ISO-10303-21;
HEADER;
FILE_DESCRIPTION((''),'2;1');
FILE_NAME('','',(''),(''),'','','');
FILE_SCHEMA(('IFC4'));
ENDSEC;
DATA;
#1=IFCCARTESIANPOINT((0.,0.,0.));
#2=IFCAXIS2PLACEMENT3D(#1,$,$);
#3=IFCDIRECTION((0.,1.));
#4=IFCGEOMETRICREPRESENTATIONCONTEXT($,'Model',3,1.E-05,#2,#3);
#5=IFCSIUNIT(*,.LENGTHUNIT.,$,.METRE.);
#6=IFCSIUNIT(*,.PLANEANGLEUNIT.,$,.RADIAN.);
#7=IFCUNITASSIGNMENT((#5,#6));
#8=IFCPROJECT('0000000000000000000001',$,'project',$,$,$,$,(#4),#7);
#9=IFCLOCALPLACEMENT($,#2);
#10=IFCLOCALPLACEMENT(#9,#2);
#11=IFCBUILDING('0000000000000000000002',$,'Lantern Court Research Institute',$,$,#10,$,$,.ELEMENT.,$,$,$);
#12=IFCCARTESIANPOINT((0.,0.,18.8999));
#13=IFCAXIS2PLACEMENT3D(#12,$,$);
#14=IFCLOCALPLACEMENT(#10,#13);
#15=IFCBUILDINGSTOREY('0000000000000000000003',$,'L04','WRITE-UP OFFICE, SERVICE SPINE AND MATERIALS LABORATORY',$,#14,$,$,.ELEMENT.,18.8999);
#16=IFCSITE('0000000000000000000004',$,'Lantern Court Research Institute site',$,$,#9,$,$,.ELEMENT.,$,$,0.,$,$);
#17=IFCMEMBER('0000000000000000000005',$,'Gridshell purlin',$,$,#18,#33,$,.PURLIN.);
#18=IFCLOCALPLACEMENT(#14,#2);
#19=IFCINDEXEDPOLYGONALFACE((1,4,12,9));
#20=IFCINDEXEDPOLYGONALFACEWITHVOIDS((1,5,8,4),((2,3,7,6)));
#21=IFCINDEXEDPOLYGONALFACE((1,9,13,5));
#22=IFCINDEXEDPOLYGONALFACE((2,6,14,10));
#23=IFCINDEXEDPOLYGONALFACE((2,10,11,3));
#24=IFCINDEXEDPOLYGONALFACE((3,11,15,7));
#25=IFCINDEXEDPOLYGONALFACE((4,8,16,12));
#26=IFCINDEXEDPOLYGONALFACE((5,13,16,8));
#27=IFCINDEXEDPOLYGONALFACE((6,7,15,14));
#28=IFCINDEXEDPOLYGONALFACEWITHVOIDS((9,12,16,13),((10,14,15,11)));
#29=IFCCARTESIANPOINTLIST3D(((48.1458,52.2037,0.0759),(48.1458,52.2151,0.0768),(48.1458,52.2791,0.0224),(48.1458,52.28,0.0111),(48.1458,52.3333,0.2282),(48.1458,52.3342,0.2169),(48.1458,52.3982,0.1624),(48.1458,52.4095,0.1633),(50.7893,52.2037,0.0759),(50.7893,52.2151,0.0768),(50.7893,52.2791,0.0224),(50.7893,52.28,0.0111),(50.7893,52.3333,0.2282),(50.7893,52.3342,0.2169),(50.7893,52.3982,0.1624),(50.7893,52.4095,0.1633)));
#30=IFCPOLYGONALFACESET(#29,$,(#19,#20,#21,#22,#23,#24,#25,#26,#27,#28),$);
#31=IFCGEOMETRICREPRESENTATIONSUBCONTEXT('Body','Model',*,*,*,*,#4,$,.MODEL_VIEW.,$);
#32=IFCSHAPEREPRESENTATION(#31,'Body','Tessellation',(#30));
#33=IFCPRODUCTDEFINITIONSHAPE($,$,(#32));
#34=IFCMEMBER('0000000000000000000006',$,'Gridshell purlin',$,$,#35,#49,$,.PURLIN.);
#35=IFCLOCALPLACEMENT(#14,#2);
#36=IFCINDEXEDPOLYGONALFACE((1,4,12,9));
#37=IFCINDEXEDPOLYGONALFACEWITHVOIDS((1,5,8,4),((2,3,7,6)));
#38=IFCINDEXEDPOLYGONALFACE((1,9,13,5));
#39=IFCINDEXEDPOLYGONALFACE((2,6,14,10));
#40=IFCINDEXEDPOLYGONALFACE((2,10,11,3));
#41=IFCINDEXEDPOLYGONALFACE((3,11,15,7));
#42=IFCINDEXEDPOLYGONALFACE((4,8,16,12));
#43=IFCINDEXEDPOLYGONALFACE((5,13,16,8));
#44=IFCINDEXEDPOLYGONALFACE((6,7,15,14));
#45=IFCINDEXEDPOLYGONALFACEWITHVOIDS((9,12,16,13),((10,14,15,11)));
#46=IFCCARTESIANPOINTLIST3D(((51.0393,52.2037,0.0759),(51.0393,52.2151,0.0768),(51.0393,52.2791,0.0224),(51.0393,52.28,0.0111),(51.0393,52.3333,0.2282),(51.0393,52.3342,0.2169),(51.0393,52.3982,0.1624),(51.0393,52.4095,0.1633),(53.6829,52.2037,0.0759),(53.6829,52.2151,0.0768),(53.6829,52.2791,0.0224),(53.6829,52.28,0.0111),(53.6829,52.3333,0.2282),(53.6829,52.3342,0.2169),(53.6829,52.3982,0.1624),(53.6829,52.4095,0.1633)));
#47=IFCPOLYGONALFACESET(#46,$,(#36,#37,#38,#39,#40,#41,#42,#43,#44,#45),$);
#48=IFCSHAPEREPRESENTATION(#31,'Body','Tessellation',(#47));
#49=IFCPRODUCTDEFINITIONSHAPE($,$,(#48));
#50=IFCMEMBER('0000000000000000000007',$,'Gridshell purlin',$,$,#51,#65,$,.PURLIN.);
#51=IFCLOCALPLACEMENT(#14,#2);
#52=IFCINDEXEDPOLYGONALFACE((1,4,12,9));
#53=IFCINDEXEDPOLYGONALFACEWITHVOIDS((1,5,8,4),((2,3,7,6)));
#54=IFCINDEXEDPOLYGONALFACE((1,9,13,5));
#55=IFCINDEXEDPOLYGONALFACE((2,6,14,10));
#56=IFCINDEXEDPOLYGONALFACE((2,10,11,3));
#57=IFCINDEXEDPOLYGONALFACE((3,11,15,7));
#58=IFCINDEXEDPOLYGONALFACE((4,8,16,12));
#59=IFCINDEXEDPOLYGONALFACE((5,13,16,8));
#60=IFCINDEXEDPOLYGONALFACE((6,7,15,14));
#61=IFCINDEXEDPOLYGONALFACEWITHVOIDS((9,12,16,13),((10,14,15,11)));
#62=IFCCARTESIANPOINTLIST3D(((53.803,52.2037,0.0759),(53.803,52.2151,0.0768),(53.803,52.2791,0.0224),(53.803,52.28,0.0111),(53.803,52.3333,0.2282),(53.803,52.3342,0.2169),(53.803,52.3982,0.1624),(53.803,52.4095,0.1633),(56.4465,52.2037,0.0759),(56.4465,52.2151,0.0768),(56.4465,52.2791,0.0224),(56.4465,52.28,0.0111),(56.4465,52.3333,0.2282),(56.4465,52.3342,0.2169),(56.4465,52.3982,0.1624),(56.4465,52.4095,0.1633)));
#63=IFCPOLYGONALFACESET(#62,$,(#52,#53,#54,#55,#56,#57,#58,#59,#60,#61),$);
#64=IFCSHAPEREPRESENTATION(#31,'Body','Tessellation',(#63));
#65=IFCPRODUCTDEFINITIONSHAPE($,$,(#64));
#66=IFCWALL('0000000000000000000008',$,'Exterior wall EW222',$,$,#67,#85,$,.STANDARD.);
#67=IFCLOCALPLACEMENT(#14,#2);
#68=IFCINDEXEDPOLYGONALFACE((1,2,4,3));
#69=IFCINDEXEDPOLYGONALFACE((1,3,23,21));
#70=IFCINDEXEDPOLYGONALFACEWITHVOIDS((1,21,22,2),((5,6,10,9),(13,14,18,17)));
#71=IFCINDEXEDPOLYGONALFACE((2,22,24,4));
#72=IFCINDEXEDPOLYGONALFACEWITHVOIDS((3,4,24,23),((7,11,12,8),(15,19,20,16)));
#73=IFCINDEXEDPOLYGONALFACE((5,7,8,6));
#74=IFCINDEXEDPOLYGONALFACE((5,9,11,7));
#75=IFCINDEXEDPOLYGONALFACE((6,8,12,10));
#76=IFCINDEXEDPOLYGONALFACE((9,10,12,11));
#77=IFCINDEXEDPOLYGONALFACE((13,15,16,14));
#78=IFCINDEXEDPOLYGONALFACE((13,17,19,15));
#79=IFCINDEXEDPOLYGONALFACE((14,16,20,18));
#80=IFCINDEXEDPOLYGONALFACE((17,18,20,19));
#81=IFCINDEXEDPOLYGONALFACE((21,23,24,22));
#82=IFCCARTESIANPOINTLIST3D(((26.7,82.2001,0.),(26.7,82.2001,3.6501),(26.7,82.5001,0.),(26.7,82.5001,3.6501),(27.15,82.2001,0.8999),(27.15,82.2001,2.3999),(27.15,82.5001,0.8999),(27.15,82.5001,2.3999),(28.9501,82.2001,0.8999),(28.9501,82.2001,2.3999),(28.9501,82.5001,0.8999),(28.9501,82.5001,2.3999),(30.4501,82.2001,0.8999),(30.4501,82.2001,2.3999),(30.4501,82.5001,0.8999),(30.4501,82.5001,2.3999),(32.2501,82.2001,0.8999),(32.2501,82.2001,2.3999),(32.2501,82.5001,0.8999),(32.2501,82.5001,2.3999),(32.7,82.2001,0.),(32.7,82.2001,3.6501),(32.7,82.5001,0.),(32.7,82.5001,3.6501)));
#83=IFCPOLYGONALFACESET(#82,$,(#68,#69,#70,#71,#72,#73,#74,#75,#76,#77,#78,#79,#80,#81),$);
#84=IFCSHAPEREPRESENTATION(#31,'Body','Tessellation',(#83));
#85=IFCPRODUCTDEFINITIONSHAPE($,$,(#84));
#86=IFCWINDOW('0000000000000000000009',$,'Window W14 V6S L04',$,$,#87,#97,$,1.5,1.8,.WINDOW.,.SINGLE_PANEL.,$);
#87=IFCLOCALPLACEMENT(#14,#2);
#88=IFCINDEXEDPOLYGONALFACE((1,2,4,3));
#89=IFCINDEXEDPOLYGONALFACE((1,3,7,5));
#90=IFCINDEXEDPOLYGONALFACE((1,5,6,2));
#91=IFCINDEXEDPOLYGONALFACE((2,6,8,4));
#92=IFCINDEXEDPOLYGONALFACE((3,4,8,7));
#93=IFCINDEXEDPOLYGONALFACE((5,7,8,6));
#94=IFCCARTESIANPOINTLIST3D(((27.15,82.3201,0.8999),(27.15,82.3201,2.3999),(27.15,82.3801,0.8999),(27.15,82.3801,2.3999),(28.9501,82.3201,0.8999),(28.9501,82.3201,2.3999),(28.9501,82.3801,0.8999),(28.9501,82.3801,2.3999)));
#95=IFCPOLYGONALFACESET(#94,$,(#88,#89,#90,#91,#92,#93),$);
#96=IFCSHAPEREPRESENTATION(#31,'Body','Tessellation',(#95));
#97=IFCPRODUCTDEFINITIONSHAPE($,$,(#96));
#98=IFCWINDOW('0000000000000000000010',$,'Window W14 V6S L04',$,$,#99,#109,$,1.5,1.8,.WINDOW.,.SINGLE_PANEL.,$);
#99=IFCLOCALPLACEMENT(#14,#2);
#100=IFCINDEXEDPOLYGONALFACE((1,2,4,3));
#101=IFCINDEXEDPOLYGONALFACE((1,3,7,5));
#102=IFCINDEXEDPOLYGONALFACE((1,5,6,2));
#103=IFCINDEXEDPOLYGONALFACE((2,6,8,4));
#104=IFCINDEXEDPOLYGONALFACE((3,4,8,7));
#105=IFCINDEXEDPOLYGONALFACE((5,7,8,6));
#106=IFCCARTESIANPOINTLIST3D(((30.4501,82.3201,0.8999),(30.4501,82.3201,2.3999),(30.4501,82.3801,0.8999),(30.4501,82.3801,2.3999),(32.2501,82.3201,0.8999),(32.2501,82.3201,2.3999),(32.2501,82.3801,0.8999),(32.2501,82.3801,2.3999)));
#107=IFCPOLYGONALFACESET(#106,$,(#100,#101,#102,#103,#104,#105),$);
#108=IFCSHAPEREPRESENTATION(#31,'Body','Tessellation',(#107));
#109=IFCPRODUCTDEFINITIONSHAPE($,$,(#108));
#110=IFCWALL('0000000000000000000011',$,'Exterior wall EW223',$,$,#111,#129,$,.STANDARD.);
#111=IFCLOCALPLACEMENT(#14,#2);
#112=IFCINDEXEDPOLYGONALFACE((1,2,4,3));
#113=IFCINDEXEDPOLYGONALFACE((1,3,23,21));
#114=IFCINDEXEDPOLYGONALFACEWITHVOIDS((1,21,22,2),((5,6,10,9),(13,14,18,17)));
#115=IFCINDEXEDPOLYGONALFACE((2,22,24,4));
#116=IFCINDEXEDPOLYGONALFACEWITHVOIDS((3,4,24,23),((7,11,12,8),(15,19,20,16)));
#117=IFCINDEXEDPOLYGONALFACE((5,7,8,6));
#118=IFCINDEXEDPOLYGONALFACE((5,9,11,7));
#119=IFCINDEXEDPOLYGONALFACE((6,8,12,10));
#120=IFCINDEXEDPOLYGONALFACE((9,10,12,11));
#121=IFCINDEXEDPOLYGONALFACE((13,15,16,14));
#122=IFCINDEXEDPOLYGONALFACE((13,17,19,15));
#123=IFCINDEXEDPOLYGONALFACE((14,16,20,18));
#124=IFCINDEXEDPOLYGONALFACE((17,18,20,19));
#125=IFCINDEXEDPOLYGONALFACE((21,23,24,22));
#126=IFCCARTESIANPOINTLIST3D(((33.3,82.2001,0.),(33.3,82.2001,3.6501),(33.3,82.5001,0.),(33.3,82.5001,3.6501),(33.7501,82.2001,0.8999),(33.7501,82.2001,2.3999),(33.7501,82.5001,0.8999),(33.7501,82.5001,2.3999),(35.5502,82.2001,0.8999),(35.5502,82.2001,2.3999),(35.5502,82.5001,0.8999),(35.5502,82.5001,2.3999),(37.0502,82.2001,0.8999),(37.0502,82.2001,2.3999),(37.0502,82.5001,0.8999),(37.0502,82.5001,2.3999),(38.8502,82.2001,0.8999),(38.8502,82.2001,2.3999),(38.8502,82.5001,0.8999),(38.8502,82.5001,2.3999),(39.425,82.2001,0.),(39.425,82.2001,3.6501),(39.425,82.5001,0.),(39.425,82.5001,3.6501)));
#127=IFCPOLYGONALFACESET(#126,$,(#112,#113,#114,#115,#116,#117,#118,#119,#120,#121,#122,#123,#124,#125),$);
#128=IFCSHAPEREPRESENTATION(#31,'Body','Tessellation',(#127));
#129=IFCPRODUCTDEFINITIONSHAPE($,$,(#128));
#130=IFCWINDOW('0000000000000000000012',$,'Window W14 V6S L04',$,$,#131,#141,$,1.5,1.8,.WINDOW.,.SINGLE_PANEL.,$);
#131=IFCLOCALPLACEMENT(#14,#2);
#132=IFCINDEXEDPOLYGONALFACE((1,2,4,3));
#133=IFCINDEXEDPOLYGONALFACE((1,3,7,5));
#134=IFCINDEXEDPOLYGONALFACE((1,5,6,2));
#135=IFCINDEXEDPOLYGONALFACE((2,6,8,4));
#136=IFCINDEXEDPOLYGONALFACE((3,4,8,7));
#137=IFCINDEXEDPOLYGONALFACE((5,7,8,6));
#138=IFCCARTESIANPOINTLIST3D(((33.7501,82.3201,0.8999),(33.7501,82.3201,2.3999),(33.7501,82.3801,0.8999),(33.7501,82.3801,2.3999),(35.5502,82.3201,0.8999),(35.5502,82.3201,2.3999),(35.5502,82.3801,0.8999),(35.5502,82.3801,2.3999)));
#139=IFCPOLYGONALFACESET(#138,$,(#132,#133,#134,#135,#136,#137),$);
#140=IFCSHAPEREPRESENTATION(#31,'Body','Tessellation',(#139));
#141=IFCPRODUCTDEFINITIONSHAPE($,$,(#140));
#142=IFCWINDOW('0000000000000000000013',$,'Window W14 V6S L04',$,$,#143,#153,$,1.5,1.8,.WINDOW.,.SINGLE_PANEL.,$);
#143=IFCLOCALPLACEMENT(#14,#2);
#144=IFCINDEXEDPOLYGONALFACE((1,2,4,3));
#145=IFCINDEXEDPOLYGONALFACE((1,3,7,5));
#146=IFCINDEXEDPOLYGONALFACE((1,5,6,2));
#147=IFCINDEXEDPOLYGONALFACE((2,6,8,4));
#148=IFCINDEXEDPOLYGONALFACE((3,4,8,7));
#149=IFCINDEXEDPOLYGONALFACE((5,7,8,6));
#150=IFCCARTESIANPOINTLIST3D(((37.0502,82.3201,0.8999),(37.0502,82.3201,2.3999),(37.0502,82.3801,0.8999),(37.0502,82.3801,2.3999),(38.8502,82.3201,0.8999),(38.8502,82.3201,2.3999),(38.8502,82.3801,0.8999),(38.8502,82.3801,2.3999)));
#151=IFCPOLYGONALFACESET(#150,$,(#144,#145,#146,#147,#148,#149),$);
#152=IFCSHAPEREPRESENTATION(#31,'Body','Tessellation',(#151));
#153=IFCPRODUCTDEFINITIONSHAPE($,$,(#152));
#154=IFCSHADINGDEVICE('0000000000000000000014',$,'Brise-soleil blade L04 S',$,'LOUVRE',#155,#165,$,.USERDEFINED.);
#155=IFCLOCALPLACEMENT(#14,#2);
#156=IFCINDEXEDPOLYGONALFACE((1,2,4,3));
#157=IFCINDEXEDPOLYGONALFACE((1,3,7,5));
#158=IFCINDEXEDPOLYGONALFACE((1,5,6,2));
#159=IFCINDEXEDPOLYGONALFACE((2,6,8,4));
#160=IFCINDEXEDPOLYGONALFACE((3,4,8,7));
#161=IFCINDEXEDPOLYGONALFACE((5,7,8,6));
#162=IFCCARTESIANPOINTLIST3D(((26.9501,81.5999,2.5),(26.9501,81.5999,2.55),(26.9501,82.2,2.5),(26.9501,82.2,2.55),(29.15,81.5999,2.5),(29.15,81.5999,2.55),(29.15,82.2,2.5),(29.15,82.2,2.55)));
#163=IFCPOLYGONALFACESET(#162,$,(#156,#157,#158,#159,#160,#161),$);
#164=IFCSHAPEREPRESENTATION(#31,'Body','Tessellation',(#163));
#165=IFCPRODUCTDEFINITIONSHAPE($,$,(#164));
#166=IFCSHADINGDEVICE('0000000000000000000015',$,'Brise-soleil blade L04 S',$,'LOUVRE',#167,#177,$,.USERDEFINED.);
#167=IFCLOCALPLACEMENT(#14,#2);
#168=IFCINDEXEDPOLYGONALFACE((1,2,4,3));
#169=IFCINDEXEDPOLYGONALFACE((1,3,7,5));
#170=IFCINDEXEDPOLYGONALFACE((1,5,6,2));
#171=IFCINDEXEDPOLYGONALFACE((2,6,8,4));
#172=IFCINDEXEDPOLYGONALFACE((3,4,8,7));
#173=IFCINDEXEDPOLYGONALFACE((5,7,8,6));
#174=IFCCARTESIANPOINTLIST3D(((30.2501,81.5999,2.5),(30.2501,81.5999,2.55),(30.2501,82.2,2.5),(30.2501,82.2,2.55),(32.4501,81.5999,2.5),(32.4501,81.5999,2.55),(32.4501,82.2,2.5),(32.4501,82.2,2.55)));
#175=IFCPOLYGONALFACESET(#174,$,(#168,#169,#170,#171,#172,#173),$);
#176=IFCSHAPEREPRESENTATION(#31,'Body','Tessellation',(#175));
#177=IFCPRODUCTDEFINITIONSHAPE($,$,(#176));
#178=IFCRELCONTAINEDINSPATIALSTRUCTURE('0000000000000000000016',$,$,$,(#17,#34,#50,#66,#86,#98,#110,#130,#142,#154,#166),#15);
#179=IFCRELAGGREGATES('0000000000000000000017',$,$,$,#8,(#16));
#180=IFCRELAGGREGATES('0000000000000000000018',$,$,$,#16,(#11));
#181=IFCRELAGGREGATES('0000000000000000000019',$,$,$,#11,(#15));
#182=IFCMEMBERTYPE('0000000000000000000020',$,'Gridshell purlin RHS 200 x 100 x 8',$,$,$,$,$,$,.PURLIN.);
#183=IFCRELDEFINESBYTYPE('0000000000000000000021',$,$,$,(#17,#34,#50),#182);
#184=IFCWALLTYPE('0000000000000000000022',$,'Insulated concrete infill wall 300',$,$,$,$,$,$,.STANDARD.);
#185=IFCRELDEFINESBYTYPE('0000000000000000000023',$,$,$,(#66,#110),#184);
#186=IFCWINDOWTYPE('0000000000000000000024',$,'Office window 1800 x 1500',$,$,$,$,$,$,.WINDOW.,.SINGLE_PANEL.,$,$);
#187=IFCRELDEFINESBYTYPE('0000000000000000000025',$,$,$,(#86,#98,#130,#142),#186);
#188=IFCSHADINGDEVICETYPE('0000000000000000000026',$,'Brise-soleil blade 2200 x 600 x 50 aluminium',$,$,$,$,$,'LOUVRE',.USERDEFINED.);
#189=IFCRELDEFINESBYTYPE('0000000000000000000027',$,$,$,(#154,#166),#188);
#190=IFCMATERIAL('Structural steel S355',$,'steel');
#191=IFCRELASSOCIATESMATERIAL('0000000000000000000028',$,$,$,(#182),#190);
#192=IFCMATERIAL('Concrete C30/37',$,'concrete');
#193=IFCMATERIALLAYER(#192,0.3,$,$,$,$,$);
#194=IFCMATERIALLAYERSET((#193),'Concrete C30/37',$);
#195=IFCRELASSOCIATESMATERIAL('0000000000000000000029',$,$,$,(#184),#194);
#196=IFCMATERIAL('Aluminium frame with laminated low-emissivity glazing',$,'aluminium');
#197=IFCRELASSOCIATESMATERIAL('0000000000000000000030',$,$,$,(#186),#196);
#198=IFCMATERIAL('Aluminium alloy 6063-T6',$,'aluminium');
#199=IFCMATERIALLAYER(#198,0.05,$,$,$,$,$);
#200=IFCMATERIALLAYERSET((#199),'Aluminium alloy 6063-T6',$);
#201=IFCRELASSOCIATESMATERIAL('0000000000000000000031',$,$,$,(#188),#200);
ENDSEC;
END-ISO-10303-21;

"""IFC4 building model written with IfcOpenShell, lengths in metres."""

from ifc_helpers import new_model, si_unit, direction, frame, frame_2d, origin, origin_2d, place, context, subcontext, project, spatial, rectangle, hollow_rectangle, extrude, material, layer, layer_set, material_profile, profile_set, type_object, element, fill, save


model = new_model("IFC4")

# Units and contexts
model_context = context("Model", 3, precision=1e-05, world=origin(), true_north=direction((0.0, 1.0)))
body_context = subcontext(model_context, "Body", "Model", "MODEL_VIEW")
ifc_project = project(units=[si_unit("LENGTHUNIT", "METRE"), si_unit("PLANEANGLEUNIT", "RADIAN")], contexts=[model_context])

# Site, building, storey
site_placement = place(None, origin())
site = spatial("IfcSite", under=ifc_project, at=site_placement, Name="Lantern Court Research Institute site", CompositionType="ELEMENT", RefElevation=0.0)
building_placement = place(site_placement, origin())
building = spatial("IfcBuilding", under=site, at=building_placement, Name="Lantern Court Research Institute", CompositionType="ELEMENT")
storey_placement = place(building_placement, frame((0.0, 0.0, 18.8999)))
storey = spatial("IfcBuildingStorey", under=building, at=storey_placement, Name="L04", Description="WRITE-UP OFFICE, SERVICE SPINE AND MATERIALS LABORATORY", CompositionType="ELEMENT", Elevation=18.8999)

# Members
ifc_material_1 = material(Name="Structural steel S355", Category="steel")
ifc_material_profile_1 = material_profile(ifc_material_1, hollow_rectangle(XDim=0.1001, YDim=0.2, WallThickness=0.0081, at=origin_2d()), Name="Gridshell purlin RHS 200 x 100 x 8")
ifc_profile_set_1 = profile_set([ifc_material_profile_1], Name="Structural steel S355")
member_type = type_object("IfcMemberType", Name="Gridshell purlin RHS 200 x 100 x 8", PredefinedType="PURLIN", material=ifc_profile_set_1)
for number, where, z_axis, x_axis, name in (
    (1, (48.1458, 52.3066, 0.1196), (1.0, 0.0, 0.0), (0.0, 0.761673, -0.647962), "Gridshell purlin"),
    (2, (51.0393, 52.3066, 0.1196), (1.0, 0.0, 0.0), (0.0, 0.761673, -0.647962), "Gridshell purlin"),
    (3, (53.803, 52.3066, 0.1196), (1.0, 0.0, 0.0), (0.0, 0.761673, -0.647962), "Gridshell purlin"),
):
    element("IfcMember", number, at=place(storey_placement, frame(where, z_axis=z_axis, x_axis=x_axis)), inside=storey, type_object=member_type, Name=name, PredefinedType="PURLIN", context=body_context, shape_type="SweptSolid", body=[
        extrude(hollow_rectangle(XDim=0.1001, YDim=0.2, WallThickness=0.0081, at=origin_2d()), origin(), (0.0, 0.0, 1.0), 2.6436),
    ])

# Walls, openings, windows
ifc_material_2 = material(Name="Concrete C30/37", Category="concrete")
ifc_layer_1 = layer(ifc_material_2, 0.3)
ifc_layer_set_1 = layer_set([ifc_layer_1], Name="Concrete C30/37")
wall_type = type_object("IfcWallType", Name="Insulated concrete infill wall 300", PredefinedType="STANDARD", material=ifc_layer_set_1)
wall_1_placement = place(storey_placement, frame((32.7, 82.3501, 0.0), z_axis=(0.0, 0.0, 1.0), x_axis=(-1.0, 0.0, 0.0)))
wall_1 = element("IfcWall", 4, at=wall_1_placement, inside=storey, type_object=wall_type, Name="Exterior wall EW222", PredefinedType="STANDARD", context=body_context, shape_type="SweptSolid", body=[
    extrude(rectangle(XDim=6.0, YDim=0.3, at=frame_2d((3.0, 0.0))), origin(), (0.0, 0.0, 1.0), 3.6501),
])
opening_1_placement = place(wall_1_placement, frame((3.75, 0.0, 0.8999)))
opening_1 = element("IfcOpeningElement", 5, at=opening_1_placement, cuts=wall_1, PredefinedType="OPENING", context=body_context, shape_type="SweptSolid", body=[
    extrude(rectangle(XDim=1.8, YDim=1.5, at=frame_2d((0.8999, 0.75))), frame((0.0, 0.1599, 0.0), z_axis=(0.0, -1.0, 0.0), x_axis=(1.0, 0.0, 0.0)), (0.0, 0.0, 1.0), 0.3201),
])
opening_2_placement = place(wall_1_placement, frame((0.45, 0.0, 0.8999)))
opening_2 = element("IfcOpeningElement", 6, at=opening_2_placement, cuts=wall_1, PredefinedType="OPENING", context=body_context, shape_type="SweptSolid", body=[
    extrude(rectangle(XDim=1.8, YDim=1.5, at=frame_2d((0.8999, 0.75))), frame((0.0, 0.1599, 0.0), z_axis=(0.0, -1.0, 0.0), x_axis=(1.0, 0.0, 0.0)), (0.0, 0.0, 1.0), 0.3201),
])
ifc_material_3 = material(Name="Aluminium frame with laminated low-emissivity glazing", Category="aluminium")
window_type = type_object("IfcWindowType", Name="Office window 1800 x 1500", PartitioningType="SINGLE_PANEL", PredefinedType="WINDOW", material=ifc_material_3)
window_1_placement = place(opening_1_placement, origin())
window_1 = element("IfcWindow", 7, at=window_1_placement, inside=storey, type_object=window_type, Name="Window W14 V6S L04", OverallHeight=1.5, OverallWidth=1.8, PartitioningType="SINGLE_PANEL", PredefinedType="WINDOW", context=body_context, shape_type="SweptSolid", body=[
    extrude(rectangle(XDim=1.8, YDim=1.5, at=frame_2d((0.8999, 0.75))), frame((0.0, 0.03, 0.0), z_axis=(0.0, -1.0, 0.0), x_axis=(1.0, 0.0, 0.0)), (0.0, 0.0, 1.0), 0.0601),
])
fill(opening_1, window_1)
window_2_placement = place(opening_2_placement, origin())
window_2 = element("IfcWindow", 8, at=window_2_placement, inside=storey, type_object=window_type, Name="Window W14 V6S L04", OverallHeight=1.5, OverallWidth=1.8, PartitioningType="SINGLE_PANEL", PredefinedType="WINDOW", context=body_context, shape_type="SweptSolid", body=[
    extrude(rectangle(XDim=1.8, YDim=1.5, at=frame_2d((0.8999, 0.75))), frame((0.0, 0.03, 0.0), z_axis=(0.0, -1.0, 0.0), x_axis=(1.0, 0.0, 0.0)), (0.0, 0.0, 1.0), 0.0601),
])
fill(opening_2, window_2)
wall_2_placement = place(storey_placement, frame((39.425, 82.3501, 0.0), z_axis=(0.0, 0.0, 1.0), x_axis=(-1.0, 0.0, 0.0)))
wall_2 = element("IfcWall", 9, at=wall_2_placement, inside=storey, type_object=wall_type, Name="Exterior wall EW223", PredefinedType="STANDARD", context=body_context, shape_type="SweptSolid", body=[
    extrude(rectangle(XDim=6.125, YDim=0.3, at=frame_2d((3.0625, 0.0))), origin(), (0.0, 0.0, 1.0), 3.6501),
])
opening_3_placement = place(wall_2_placement, frame((3.875, 0.0, 0.8999)))
opening_3 = element("IfcOpeningElement", 10, at=opening_3_placement, cuts=wall_2, PredefinedType="OPENING", context=body_context, shape_type="SweptSolid", body=[
    extrude(rectangle(XDim=1.8, YDim=1.5, at=frame_2d((0.8999, 0.75))), frame((0.0, 0.1599, 0.0), z_axis=(0.0, -1.0, 0.0), x_axis=(1.0, 0.0, 0.0)), (0.0, 0.0, 1.0), 0.3201),
])
opening_4_placement = place(wall_2_placement, frame((0.575, 0.0, 0.8999)))
opening_4 = element("IfcOpeningElement", 11, at=opening_4_placement, cuts=wall_2, PredefinedType="OPENING", context=body_context, shape_type="SweptSolid", body=[
    extrude(rectangle(XDim=1.8, YDim=1.5, at=frame_2d((0.8999, 0.75))), frame((0.0, 0.1599, 0.0), z_axis=(0.0, -1.0, 0.0), x_axis=(1.0, 0.0, 0.0)), (0.0, 0.0, 1.0), 0.3201),
])
window_3_placement = place(opening_3_placement, origin())
window_3 = element("IfcWindow", 12, at=window_3_placement, inside=storey, type_object=window_type, Name="Window W14 V6S L04", OverallHeight=1.5, OverallWidth=1.8, PartitioningType="SINGLE_PANEL", PredefinedType="WINDOW", context=body_context, shape_type="SweptSolid", body=[
    extrude(rectangle(XDim=1.8, YDim=1.5, at=frame_2d((0.8999, 0.75))), frame((0.0, 0.03, 0.0), z_axis=(0.0, -1.0, 0.0), x_axis=(1.0, 0.0, 0.0)), (0.0, 0.0, 1.0), 0.0601),
])
fill(opening_3, window_3)
window_4_placement = place(opening_4_placement, origin())
window_4 = element("IfcWindow", 13, at=window_4_placement, inside=storey, type_object=window_type, Name="Window W14 V6S L04", OverallHeight=1.5, OverallWidth=1.8, PartitioningType="SINGLE_PANEL", PredefinedType="WINDOW", context=body_context, shape_type="SweptSolid", body=[
    extrude(rectangle(XDim=1.8, YDim=1.5, at=frame_2d((0.8999, 0.75))), frame((0.0, 0.03, 0.0), z_axis=(0.0, -1.0, 0.0), x_axis=(1.0, 0.0, 0.0)), (0.0, 0.0, 1.0), 0.0601),
])
fill(opening_4, window_4)

# Shading devices
ifc_material_4 = material(Name="Aluminium alloy 6063-T6", Category="aluminium")
ifc_layer_2 = layer(ifc_material_4, 0.05)
ifc_layer_set_2 = layer_set([ifc_layer_2], Name="Aluminium alloy 6063-T6")
shading_device_type = type_object("IfcShadingDeviceType", Name="Brise-soleil blade 2200 x 600 x 50 aluminium", ElementType="LOUVRE", PredefinedType="USERDEFINED", material=ifc_layer_set_2)
for number, where, z_axis, x_axis, name in (
    (14, (28.05, 81.8999, 2.5), (0.0, 0.0, 1.0), (-1.0, 0.0, 0.0), "Brise-soleil blade L04 S"),
    (15, (31.3501, 81.8999, 2.5), (0.0, 0.0, 1.0), (-1.0, 0.0, 0.0), "Brise-soleil blade L04 S"),
):
    element("IfcShadingDevice", number, at=place(storey_placement, frame(where, z_axis=z_axis, x_axis=x_axis)), inside=storey, type_object=shading_device_type, Name=name, ObjectType="LOUVRE", PredefinedType="USERDEFINED", context=body_context, shape_type="SweptSolid", body=[
        extrude(rectangle(XDim=2.2, YDim=0.6001, at=origin_2d()), origin(), (0.0, 0.0, 1.0), 0.05),
    ])

save(model, "model.ifc")
